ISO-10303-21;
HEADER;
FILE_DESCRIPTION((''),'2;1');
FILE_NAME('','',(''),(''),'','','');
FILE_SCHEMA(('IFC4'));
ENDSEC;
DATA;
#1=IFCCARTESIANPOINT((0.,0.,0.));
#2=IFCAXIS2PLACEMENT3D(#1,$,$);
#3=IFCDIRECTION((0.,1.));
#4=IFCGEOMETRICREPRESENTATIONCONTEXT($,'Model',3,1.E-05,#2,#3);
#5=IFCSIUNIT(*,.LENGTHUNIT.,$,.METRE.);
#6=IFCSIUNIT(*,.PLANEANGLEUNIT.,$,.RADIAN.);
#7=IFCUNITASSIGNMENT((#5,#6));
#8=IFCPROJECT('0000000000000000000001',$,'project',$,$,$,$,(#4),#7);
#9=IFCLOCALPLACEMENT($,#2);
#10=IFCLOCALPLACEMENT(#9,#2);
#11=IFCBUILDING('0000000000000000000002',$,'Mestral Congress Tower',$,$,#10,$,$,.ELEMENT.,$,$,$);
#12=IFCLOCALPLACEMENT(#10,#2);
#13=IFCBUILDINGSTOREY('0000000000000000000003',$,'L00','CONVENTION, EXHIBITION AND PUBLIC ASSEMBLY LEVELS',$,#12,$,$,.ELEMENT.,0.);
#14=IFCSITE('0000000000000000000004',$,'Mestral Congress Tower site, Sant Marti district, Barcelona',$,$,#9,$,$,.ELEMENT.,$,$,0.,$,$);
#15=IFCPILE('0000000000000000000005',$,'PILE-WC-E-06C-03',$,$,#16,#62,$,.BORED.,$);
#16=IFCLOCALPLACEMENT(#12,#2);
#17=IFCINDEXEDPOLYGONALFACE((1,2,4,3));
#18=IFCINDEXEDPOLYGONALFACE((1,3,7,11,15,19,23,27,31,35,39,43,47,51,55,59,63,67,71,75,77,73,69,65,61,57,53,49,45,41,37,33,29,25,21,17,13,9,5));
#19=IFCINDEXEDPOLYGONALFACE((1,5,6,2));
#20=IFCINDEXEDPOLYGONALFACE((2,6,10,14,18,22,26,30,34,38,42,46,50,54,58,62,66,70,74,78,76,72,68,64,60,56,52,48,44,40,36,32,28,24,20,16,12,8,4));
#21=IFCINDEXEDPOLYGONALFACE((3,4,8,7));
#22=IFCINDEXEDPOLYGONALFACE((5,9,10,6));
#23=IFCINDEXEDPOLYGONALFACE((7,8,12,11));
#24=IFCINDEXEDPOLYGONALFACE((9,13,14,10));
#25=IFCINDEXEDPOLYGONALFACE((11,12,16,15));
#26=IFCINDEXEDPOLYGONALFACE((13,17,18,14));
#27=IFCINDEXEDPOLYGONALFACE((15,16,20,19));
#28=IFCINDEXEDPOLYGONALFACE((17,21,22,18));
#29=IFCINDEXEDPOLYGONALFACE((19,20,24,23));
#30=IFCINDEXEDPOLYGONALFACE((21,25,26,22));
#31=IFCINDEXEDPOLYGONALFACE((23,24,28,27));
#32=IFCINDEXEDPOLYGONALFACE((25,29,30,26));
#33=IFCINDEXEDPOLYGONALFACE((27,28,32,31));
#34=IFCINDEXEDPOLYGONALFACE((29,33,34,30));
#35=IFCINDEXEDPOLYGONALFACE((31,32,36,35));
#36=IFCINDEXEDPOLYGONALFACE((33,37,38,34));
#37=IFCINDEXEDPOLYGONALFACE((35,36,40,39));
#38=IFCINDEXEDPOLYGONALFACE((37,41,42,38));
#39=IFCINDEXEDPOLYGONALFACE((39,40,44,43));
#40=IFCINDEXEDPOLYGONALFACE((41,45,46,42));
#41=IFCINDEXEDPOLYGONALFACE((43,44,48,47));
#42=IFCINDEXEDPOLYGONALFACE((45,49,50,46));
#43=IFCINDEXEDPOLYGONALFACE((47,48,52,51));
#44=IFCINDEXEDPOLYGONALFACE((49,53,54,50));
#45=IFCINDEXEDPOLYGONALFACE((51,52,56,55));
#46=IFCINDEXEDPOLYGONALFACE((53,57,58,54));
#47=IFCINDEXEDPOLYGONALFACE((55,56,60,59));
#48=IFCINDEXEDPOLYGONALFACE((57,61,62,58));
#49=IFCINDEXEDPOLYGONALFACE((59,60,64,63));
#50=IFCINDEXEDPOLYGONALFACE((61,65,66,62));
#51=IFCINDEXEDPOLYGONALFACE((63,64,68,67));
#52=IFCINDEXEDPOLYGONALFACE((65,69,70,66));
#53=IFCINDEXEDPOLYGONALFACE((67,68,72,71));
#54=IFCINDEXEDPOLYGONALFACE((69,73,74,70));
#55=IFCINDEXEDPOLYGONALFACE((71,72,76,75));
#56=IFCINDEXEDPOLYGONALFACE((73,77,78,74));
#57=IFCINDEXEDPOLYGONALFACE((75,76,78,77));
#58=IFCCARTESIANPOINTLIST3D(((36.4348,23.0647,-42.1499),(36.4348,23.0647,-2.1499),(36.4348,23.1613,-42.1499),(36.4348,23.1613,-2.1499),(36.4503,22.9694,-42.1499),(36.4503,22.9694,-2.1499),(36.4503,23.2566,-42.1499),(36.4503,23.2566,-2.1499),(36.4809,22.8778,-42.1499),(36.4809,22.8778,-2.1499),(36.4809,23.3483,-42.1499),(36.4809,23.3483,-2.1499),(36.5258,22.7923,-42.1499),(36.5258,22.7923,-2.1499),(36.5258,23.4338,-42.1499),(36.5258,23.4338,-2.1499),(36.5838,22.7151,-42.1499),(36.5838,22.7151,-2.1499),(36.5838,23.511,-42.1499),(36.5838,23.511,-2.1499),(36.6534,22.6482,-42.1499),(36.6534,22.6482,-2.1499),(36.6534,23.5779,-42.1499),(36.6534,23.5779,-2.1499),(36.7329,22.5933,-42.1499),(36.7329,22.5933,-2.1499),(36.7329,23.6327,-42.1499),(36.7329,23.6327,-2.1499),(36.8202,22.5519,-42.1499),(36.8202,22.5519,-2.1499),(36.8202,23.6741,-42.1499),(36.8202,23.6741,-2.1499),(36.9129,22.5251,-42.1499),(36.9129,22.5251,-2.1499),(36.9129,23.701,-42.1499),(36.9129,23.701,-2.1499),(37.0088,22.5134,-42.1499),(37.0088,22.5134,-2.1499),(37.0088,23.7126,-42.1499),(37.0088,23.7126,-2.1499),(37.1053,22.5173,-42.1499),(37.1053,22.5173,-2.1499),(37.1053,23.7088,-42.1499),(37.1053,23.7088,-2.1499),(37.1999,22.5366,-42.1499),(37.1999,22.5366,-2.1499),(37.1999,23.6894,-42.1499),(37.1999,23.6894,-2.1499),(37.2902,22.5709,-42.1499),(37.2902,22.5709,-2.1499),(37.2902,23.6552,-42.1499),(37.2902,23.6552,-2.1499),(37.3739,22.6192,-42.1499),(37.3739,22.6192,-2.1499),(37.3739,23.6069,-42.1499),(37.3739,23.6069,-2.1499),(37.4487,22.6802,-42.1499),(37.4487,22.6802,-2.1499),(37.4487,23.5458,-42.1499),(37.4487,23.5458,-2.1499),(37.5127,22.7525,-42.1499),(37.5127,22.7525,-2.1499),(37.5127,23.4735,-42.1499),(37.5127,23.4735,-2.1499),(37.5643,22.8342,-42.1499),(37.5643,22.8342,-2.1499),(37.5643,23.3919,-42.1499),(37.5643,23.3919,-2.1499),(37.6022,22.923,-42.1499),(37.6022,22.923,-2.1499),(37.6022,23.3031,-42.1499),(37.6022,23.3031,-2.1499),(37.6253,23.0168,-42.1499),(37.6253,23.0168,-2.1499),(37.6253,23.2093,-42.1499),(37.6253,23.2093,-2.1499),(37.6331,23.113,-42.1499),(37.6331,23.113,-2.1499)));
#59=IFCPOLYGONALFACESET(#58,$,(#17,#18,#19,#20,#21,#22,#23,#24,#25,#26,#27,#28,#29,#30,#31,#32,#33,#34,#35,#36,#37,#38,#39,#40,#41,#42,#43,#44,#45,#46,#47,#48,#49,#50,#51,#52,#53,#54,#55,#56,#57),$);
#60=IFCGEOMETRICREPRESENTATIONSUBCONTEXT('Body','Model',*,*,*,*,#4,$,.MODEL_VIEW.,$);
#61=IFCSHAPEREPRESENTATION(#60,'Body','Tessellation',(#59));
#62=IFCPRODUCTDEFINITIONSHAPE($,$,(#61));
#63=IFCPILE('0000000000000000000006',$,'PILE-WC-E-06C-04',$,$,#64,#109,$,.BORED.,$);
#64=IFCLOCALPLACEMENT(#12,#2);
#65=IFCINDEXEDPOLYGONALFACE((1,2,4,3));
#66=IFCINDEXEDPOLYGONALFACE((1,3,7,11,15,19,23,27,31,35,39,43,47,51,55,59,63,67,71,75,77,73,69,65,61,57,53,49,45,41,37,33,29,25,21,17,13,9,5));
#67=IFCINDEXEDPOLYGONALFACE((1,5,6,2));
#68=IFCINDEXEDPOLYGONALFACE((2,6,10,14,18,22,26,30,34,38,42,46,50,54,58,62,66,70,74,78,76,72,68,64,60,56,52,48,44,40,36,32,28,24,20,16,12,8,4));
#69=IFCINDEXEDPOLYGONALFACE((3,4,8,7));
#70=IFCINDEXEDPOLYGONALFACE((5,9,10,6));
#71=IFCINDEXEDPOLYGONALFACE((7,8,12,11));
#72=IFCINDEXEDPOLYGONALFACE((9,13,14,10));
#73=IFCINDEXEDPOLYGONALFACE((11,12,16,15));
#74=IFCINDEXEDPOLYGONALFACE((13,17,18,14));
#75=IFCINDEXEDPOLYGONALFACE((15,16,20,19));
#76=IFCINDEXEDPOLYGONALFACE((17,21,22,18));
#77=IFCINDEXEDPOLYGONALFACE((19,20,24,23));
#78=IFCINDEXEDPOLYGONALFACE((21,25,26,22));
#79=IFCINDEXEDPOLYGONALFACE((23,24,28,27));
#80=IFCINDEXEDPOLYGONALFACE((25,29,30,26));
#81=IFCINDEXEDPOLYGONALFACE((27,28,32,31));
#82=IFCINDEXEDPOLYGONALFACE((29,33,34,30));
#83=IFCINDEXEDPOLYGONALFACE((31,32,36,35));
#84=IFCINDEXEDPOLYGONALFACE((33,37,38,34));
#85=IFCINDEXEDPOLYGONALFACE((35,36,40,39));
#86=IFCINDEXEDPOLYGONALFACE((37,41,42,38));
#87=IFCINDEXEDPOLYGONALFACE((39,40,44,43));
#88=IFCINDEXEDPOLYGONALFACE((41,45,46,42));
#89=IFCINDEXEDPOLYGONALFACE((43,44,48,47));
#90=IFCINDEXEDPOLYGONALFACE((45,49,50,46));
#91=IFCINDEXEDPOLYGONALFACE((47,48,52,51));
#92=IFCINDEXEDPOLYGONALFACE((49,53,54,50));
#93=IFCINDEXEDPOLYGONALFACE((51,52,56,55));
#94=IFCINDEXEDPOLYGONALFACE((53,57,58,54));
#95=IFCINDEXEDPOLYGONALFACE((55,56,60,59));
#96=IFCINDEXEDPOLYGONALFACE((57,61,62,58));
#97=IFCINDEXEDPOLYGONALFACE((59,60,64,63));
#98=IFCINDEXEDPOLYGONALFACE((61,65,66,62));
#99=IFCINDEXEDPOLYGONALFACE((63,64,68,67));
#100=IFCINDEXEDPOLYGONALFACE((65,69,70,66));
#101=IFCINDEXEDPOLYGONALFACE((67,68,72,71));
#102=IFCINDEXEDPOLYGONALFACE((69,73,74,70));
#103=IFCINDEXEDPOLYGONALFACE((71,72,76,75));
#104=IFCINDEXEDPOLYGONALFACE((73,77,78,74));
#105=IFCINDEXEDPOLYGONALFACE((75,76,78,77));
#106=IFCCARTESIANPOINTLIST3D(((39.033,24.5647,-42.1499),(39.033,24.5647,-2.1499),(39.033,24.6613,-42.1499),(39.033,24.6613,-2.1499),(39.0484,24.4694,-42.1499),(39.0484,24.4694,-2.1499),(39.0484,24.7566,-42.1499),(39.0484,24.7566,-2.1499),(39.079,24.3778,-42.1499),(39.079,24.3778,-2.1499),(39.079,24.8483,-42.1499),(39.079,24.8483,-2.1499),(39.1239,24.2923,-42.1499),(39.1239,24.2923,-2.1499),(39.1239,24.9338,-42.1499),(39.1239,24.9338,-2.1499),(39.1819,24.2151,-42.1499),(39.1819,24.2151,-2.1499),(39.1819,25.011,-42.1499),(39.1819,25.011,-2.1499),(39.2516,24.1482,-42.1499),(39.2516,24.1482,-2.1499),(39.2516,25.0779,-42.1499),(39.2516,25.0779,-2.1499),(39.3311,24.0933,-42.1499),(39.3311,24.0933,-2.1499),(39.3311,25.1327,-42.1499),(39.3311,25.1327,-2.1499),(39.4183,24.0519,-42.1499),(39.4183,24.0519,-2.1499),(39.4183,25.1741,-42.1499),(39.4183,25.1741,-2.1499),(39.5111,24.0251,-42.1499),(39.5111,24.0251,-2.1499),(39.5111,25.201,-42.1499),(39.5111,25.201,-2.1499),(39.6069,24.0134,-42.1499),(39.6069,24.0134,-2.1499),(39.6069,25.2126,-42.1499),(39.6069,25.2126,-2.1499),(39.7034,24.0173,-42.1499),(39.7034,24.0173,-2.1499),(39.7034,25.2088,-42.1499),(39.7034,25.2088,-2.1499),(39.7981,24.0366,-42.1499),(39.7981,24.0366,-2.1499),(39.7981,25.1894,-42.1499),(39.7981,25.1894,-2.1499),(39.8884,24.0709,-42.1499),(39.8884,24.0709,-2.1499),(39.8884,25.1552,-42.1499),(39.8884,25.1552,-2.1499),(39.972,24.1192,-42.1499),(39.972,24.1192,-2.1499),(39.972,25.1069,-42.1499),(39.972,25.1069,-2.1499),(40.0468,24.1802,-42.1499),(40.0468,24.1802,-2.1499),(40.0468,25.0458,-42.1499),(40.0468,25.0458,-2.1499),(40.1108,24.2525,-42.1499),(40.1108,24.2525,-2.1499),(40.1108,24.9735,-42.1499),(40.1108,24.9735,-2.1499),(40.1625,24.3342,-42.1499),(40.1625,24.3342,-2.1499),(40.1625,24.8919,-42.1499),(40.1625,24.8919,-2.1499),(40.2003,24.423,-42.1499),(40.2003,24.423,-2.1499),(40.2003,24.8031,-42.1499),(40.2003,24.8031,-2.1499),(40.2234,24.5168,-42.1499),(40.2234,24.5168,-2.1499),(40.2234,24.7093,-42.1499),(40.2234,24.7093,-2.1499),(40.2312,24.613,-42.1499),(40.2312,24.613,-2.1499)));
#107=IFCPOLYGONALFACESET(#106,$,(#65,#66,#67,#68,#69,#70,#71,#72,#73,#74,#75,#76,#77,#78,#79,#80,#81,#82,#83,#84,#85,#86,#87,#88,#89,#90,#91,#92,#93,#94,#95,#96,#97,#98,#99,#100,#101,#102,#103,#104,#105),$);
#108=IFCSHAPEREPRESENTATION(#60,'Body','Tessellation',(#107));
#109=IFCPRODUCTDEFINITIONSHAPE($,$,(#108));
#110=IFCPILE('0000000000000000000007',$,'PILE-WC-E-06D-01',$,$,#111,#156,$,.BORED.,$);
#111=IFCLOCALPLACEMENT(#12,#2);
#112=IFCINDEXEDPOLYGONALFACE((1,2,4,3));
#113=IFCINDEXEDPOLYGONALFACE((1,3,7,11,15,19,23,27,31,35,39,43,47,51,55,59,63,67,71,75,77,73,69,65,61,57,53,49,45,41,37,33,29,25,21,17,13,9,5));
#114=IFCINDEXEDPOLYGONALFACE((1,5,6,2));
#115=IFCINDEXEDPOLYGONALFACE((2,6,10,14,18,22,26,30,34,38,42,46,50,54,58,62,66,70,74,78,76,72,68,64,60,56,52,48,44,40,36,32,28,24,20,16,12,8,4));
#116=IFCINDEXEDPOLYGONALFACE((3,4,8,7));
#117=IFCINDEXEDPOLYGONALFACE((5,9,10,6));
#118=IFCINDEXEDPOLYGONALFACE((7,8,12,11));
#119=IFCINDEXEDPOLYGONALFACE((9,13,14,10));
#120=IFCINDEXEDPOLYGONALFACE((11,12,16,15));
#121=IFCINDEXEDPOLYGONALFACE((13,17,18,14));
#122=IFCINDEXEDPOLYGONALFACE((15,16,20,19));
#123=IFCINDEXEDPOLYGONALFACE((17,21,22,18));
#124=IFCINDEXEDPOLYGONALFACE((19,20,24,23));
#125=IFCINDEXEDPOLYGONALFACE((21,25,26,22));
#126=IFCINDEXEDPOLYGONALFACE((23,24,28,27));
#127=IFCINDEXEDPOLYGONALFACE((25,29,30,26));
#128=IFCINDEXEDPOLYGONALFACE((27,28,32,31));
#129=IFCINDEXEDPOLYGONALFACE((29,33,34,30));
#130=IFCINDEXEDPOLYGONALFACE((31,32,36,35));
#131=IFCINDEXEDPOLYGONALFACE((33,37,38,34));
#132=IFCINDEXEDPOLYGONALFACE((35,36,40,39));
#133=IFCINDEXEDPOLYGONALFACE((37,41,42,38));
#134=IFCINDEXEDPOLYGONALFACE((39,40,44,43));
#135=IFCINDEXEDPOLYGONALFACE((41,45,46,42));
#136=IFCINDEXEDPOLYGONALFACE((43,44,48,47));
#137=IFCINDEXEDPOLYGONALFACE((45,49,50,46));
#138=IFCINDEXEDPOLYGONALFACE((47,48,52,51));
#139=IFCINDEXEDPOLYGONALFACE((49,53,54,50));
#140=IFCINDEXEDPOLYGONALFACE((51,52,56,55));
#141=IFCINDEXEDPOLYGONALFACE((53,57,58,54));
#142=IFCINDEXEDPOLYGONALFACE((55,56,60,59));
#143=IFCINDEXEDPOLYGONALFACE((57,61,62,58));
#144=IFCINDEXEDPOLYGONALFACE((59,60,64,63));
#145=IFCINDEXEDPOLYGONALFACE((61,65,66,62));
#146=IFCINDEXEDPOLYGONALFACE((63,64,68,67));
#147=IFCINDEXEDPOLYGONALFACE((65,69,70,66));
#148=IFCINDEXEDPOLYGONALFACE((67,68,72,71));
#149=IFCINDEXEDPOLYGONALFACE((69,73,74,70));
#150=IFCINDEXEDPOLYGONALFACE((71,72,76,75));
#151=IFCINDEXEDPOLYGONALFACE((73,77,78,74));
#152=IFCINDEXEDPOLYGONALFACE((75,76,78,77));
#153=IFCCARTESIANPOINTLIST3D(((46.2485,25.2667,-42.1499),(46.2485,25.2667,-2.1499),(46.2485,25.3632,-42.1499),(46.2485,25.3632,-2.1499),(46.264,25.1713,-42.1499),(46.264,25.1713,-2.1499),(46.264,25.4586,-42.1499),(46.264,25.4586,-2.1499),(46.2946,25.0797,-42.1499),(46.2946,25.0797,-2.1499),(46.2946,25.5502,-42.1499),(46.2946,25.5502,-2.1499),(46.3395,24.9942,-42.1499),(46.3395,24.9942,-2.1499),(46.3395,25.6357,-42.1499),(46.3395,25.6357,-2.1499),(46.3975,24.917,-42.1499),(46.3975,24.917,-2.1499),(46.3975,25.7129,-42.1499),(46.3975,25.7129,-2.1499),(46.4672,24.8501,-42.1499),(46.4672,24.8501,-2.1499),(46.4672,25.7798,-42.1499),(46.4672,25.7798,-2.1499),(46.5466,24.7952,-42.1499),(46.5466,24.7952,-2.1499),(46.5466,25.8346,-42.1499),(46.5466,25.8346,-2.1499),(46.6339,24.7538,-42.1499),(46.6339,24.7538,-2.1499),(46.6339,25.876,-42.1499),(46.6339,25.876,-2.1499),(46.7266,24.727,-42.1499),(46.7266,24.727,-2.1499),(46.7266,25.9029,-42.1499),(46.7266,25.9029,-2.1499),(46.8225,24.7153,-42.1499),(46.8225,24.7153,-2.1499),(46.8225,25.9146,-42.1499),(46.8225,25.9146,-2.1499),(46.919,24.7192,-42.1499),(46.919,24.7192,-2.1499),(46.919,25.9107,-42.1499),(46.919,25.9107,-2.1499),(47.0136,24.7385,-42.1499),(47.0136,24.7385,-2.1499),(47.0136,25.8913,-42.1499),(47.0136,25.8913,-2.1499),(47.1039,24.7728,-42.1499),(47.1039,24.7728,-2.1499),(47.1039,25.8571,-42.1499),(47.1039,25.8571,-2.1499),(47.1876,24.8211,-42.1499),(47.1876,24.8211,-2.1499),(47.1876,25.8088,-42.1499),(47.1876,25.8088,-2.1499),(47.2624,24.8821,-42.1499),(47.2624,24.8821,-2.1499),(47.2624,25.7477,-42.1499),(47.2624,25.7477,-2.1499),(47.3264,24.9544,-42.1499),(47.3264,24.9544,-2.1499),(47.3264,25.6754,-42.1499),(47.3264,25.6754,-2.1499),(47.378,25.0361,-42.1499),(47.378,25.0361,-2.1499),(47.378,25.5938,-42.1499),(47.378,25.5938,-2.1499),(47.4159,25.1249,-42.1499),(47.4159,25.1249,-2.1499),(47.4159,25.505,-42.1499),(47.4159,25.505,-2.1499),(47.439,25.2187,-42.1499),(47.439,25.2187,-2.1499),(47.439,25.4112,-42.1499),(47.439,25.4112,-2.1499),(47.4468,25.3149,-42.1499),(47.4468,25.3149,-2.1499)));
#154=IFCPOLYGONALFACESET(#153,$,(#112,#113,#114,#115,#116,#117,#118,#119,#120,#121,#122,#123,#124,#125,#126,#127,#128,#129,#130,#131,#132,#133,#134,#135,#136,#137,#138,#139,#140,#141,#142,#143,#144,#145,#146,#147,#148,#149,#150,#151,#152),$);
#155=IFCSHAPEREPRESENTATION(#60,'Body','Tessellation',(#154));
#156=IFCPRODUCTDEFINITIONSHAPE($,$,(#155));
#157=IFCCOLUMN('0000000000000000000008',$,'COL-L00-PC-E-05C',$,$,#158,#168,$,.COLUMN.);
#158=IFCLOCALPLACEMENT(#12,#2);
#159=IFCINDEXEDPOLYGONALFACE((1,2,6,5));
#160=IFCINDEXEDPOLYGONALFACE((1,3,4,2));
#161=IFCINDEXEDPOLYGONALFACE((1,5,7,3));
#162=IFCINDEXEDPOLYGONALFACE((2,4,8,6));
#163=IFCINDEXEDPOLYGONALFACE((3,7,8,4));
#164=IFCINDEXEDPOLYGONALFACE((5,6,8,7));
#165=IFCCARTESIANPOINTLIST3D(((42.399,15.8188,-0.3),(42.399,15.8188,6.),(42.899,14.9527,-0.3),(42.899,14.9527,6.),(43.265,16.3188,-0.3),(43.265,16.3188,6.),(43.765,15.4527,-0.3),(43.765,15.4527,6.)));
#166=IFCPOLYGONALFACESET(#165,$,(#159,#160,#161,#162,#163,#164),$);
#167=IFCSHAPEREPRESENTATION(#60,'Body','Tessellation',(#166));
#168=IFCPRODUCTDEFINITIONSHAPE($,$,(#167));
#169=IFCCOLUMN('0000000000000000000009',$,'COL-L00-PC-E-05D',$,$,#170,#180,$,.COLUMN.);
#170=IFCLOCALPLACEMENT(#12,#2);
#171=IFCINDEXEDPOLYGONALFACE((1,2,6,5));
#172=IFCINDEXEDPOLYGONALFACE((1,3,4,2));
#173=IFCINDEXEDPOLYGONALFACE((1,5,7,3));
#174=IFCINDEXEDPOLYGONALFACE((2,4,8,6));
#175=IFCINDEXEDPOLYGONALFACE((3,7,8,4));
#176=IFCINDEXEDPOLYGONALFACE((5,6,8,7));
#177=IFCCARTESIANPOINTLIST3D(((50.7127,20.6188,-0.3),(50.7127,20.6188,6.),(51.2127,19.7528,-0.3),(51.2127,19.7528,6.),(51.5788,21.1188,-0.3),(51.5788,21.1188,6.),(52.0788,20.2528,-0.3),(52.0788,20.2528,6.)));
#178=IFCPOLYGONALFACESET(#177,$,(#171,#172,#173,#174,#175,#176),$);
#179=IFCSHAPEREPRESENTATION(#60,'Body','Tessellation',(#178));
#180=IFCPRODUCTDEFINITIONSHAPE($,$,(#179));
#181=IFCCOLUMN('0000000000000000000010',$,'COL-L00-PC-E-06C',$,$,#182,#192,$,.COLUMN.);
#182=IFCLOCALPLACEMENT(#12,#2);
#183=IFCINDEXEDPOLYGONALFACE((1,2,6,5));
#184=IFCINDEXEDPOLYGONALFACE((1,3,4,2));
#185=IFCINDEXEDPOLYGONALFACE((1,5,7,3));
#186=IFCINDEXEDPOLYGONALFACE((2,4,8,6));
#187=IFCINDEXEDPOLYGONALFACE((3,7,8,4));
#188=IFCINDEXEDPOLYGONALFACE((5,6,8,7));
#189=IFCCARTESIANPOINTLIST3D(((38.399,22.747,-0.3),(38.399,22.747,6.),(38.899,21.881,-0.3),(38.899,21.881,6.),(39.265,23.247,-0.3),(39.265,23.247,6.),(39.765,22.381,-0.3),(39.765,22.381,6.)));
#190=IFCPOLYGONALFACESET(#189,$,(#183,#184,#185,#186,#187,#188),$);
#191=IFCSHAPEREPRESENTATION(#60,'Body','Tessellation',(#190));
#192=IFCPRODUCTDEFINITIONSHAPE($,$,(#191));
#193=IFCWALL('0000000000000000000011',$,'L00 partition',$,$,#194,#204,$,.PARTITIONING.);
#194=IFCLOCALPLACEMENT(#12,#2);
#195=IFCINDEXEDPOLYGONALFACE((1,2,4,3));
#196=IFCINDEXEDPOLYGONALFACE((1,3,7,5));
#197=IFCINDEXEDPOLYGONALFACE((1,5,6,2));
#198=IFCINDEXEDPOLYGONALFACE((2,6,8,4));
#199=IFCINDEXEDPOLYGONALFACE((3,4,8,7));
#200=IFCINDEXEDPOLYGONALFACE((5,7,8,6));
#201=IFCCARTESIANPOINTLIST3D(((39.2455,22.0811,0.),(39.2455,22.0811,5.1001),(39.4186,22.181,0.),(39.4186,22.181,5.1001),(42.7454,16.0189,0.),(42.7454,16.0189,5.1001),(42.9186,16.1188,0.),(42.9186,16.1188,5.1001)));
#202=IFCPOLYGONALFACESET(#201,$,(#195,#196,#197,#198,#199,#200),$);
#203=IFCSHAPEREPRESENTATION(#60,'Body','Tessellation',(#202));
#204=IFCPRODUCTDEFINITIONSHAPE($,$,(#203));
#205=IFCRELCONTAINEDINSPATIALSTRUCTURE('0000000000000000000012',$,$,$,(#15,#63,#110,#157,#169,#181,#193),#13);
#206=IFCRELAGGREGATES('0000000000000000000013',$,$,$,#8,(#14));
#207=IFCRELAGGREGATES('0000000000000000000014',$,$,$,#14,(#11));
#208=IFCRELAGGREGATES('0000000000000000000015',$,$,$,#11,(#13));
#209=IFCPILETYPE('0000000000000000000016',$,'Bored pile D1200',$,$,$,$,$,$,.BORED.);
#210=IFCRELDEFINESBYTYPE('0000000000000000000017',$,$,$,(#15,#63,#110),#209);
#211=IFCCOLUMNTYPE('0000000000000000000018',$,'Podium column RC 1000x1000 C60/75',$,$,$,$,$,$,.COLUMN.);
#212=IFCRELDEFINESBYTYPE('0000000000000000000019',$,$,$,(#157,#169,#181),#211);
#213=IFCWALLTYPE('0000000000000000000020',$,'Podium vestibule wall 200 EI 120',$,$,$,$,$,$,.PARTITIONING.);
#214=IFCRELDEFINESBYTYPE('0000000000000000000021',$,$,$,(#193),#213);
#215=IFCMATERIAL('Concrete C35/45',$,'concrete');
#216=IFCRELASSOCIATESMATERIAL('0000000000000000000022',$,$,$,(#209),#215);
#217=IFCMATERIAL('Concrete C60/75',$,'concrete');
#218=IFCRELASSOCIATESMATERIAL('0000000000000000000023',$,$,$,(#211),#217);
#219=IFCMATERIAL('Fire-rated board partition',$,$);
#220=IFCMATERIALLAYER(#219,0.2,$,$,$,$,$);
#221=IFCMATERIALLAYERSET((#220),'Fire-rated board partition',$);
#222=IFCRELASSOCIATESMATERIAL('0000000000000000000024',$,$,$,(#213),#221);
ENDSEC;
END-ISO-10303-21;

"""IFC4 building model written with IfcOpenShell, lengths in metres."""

from ifc_helpers import new_model, si_unit, direction, frame, frame_2d, origin, origin_2d, place, context, subcontext, project, spatial, rectangle, circle, extrude, material, layer, layer_set, material_profile, profile_set, type_object, element, save


model = new_model("IFC4")

# Units and contexts
model_context = context("Model", 3, precision=1e-05, world=origin(), true_north=direction((0.0, 1.0)))
body_context = subcontext(model_context, "Body", "Model", "MODEL_VIEW")
ifc_project = project(units=[si_unit("LENGTHUNIT", "METRE"), si_unit("PLANEANGLEUNIT", "RADIAN")], contexts=[model_context])

# Site, building, storey
site_placement = place(None, origin())
site = spatial("IfcSite", under=ifc_project, at=site_placement, Name="Mestral Congress Tower site, Sant Marti district, Barcelona", CompositionType="ELEMENT", RefElevation=0.0)
building_placement = place(site_placement, origin())
building = spatial("IfcBuilding", under=site, at=building_placement, Name="Mestral Congress Tower", CompositionType="ELEMENT")
storey_placement = place(building_placement, origin())
storey = spatial("IfcBuildingStorey", under=building, at=storey_placement, Name="L00", Description="CONVENTION, EXHIBITION AND PUBLIC ASSEMBLY LEVELS", CompositionType="ELEMENT", Elevation=0.0)

# Piles
ifc_material_1 = material(Name="Concrete C35/45", Category="concrete")
ifc_material_profile_1 = material_profile(ifc_material_1, circle(Radius=0.6001, at=origin_2d()), Name="D1200")
ifc_profile_set_1 = profile_set([ifc_material_profile_1], Name="Concrete C35/45")
pile_type = type_object("IfcPileType", Name="Bored pile D1200", PredefinedType="BORED", material=ifc_profile_set_1)
for number, where, z_axis, x_axis, name in (
    (1, (37.033, 23.113, -2.1499), (0.0, 0.0, -1.0), (1.0, 0.0, 0.0), "PILE-WC-E-06C-03"),
    (2, (39.6311, 24.613, -2.1499), (0.0, 0.0, -1.0), (1.0, 0.0, 0.0), "PILE-WC-E-06C-04"),
    (3, (46.8467, 25.3149, -2.1499), (0.0, 0.0, -1.0), (1.0, 0.0, 0.0), "PILE-WC-E-06D-01"),
):
    element("IfcPile", number, at=place(storey_placement, frame(where, z_axis=z_axis, x_axis=x_axis)), inside=storey, type_object=pile_type, Name=name, PredefinedType="BORED", context=body_context, shape_type="SweptSolid", body=[
        extrude(circle(Radius=0.6001, at=origin_2d()), origin(), (0.0, 0.0, 1.0), 40.0),
    ])

# Columns
ifc_material_2 = material(Name="Concrete C60/75", Category="concrete")
ifc_material_profile_2 = material_profile(ifc_material_2, rectangle(XDim=1.0, YDim=1.0, at=origin_2d()), Name="RC 1000x1000")
ifc_profile_set_2 = profile_set([ifc_material_profile_2], Name="Concrete C60/75")
column_type = type_object("IfcColumnType", Name="Podium column RC 1000x1000 C60/75", PredefinedType="COLUMN", material=ifc_profile_set_2)
for number, where, z_axis, x_axis, name in (
    (4, (43.082, 15.6357, -0.3), (0.0, 0.0, 1.0), (-0.5, 0.866025, 0.0), "COL-L00-PC-E-05C"),
    (5, (51.3958, 20.4358, -0.3), (0.0, 0.0, 1.0), (-0.5, 0.866025, 0.0), "COL-L00-PC-E-05D"),
    (6, (39.082, 22.564, -0.3), (0.0, 0.0, 1.0), (-0.5, 0.866025, 0.0), "COL-L00-PC-E-06C"),
):
    element("IfcColumn", number, at=place(storey_placement, frame(where, z_axis=z_axis, x_axis=x_axis)), inside=storey, type_object=column_type, Name=name, PredefinedType="COLUMN", context=body_context, shape_type="SweptSolid", body=[
        extrude(rectangle(XDim=1.0, YDim=1.0, at=origin_2d()), origin(), (0.0, 0.0, 1.0), 6.3),
    ])

# Wall
ifc_material_3 = material(Name="Fire-rated board partition")
ifc_layer = layer(ifc_material_3, 0.2)
ifc_layer_set = layer_set([ifc_layer], Name="Fire-rated board partition")
wall_type = type_object("IfcWallType", Name="Podium vestibule wall 200 EI 120", PredefinedType="PARTITIONING", material=ifc_layer_set)
wall_1_placement = place(storey_placement, frame((42.832, 16.0688, 0.0), z_axis=(0.0, 0.0, 1.0), x_axis=(-0.499995, 0.866028, 0.0)))
element("IfcWall", 7, at=wall_1_placement, inside=storey, type_object=wall_type, Name="L00 partition", PredefinedType="PARTITIONING", context=body_context, shape_type="SweptSolid", body=[
    extrude(rectangle(XDim=7.0, YDim=0.2, at=frame_2d((3.5, 0.0))), origin(), (0.0, 0.0, 1.0), 5.1001),
])

save(model, "model.ifc")
